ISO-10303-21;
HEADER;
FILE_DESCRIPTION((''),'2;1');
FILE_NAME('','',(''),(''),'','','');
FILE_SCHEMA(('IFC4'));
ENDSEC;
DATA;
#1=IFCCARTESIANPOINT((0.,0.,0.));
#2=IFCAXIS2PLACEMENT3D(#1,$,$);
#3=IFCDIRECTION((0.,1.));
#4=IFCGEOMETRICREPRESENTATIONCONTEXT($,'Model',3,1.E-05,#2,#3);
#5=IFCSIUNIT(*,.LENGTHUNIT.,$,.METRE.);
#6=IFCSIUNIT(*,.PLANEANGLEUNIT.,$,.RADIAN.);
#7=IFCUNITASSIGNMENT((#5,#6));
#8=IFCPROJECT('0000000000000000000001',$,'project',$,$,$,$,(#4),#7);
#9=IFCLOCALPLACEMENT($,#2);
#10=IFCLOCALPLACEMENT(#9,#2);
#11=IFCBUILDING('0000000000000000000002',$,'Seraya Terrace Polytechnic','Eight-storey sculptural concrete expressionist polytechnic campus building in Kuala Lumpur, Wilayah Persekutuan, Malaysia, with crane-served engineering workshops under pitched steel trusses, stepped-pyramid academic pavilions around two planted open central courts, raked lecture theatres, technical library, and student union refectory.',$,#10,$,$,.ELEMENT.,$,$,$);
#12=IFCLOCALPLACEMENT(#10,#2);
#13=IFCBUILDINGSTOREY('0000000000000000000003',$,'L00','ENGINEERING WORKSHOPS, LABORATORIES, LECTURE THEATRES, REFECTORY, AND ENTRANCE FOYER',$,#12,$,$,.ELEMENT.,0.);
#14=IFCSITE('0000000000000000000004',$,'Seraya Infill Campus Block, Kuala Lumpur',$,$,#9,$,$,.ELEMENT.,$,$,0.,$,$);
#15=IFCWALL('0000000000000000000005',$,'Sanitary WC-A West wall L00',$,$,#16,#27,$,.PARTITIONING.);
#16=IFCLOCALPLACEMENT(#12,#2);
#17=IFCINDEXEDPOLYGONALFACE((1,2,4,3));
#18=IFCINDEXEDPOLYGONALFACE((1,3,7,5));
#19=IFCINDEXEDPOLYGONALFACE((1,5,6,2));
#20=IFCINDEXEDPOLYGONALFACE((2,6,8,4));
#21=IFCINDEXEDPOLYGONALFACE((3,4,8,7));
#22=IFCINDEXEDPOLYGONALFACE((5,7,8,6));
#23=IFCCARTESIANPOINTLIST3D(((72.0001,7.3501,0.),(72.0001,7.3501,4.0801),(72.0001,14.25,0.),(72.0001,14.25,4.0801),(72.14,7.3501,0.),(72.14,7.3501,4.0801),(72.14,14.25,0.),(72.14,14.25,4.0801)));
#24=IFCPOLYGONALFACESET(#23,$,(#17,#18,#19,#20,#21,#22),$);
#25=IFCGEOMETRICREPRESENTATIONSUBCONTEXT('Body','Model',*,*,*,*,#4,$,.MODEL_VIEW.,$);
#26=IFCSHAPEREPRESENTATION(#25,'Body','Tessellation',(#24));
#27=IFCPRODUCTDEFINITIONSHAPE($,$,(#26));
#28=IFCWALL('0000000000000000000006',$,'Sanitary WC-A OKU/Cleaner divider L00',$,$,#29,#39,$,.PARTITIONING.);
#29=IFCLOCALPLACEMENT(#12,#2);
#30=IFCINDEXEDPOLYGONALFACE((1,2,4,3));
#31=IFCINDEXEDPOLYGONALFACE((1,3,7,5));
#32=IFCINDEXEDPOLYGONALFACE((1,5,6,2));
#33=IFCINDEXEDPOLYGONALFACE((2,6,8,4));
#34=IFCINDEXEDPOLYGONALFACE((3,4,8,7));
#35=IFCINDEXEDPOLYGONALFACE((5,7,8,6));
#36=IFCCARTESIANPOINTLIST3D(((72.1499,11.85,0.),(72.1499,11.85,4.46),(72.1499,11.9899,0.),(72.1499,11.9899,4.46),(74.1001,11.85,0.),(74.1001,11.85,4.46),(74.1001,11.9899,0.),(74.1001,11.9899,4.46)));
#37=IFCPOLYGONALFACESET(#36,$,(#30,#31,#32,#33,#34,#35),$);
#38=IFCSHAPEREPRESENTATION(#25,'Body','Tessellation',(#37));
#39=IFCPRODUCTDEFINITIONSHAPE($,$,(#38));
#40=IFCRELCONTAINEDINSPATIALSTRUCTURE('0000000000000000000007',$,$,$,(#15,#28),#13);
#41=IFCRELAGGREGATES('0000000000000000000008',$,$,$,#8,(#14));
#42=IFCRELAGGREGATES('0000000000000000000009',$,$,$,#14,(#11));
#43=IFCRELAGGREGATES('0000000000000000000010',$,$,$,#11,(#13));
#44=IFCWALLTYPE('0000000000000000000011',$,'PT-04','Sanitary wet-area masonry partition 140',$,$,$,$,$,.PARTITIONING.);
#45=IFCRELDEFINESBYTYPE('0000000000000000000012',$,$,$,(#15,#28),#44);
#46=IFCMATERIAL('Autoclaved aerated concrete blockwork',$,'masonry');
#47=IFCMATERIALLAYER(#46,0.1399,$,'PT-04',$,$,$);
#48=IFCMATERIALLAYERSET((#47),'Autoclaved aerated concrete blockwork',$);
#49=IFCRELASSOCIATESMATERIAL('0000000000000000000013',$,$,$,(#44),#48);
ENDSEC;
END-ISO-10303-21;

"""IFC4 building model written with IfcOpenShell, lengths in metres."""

from ifc_helpers import new_model, si_unit, direction, frame, frame_2d, origin, place, context, subcontext, project, spatial, rectangle, extrude, material, layer, layer_set, type_object, element, save


model = new_model("IFC4")

# Units and contexts
model_context = context("Model", 3, precision=1e-05, world=origin(), true_north=direction((0.0, 1.0)))
body_context = subcontext(model_context, "Body", "Model", "MODEL_VIEW")
ifc_project = project(units=[si_unit("LENGTHUNIT", "METRE"), si_unit("PLANEANGLEUNIT", "RADIAN")], contexts=[model_context])

# Site, building, storey
site_placement = place(None, origin())
site = spatial("IfcSite", under=ifc_project, at=site_placement, Name="Seraya Infill Campus Block, Kuala Lumpur", CompositionType="ELEMENT", RefElevation=0.0)
building_placement = place(site_placement, origin())
building = spatial("IfcBuilding", under=site, at=building_placement, Name="Seraya Terrace Polytechnic", Description="Eight-storey sculptural concrete expressionist polytechnic campus building in Kuala Lumpur, Wilayah Persekutuan, Malaysia, with crane-served engineering workshops under pitched steel trusses, stepped-pyramid academic pavilions around two planted open central courts, raked lecture theatres, technical library, and student union refectory.", CompositionType="ELEMENT")
storey_placement = place(building_placement, origin())
storey = spatial("IfcBuildingStorey", under=building, at=storey_placement, Name="L00", Description="ENGINEERING WORKSHOPS, LABORATORIES, LECTURE THEATRES, REFECTORY, AND ENTRANCE FOYER", CompositionType="ELEMENT", Elevation=0.0)

# Walls
ifc_material_1 = material(Name="Autoclaved aerated concrete blockwork", Category="masonry")
ifc_layer_1 = layer(ifc_material_1, 0.1399, Name="PT-04")
ifc_layer_set_1 = layer_set([ifc_layer_1], Name="Autoclaved aerated concrete blockwork")
wall_type_1 = type_object("IfcWallType", Name="PT-04", Description="Sanitary wet-area masonry partition 140", PredefinedType="PARTITIONING", material=ifc_layer_set_1)
wall_1_placement = place(storey_placement, frame((72.0701, 7.3501, 0.0), z_axis=(0.0, 0.0, 1.0), x_axis=(0.0, 1.0, 0.0)))
element("IfcWall", 1, at=wall_1_placement, inside=storey, type_object=wall_type_1, Name="Sanitary WC-A West wall L00", PredefinedType="PARTITIONING", context=body_context, shape_type="SweptSolid", body=[
    extrude(rectangle(XDim=6.8999, YDim=0.1399, at=frame_2d((3.45, 0.0))), origin(), (0.0, 0.0, 1.0), 4.0801),
])
wall_2_placement = place(storey_placement, frame((72.1499, 11.9199, 0.0), z_axis=(0.0, 0.0, 1.0), x_axis=(1.0, 0.0, 0.0)))
element("IfcWall", 2, at=wall_2_placement, inside=storey, type_object=wall_type_1, Name="Sanitary WC-A OKU/Cleaner divider L00", PredefinedType="PARTITIONING", context=body_context, shape_type="SweptSolid", body=[
    extrude(rectangle(XDim=1.9502, YDim=0.1399, at=frame_2d((0.9751, 0.0))), origin(), (0.0, 0.0, 1.0), 4.46),
])

save(model, "model.ifc")
